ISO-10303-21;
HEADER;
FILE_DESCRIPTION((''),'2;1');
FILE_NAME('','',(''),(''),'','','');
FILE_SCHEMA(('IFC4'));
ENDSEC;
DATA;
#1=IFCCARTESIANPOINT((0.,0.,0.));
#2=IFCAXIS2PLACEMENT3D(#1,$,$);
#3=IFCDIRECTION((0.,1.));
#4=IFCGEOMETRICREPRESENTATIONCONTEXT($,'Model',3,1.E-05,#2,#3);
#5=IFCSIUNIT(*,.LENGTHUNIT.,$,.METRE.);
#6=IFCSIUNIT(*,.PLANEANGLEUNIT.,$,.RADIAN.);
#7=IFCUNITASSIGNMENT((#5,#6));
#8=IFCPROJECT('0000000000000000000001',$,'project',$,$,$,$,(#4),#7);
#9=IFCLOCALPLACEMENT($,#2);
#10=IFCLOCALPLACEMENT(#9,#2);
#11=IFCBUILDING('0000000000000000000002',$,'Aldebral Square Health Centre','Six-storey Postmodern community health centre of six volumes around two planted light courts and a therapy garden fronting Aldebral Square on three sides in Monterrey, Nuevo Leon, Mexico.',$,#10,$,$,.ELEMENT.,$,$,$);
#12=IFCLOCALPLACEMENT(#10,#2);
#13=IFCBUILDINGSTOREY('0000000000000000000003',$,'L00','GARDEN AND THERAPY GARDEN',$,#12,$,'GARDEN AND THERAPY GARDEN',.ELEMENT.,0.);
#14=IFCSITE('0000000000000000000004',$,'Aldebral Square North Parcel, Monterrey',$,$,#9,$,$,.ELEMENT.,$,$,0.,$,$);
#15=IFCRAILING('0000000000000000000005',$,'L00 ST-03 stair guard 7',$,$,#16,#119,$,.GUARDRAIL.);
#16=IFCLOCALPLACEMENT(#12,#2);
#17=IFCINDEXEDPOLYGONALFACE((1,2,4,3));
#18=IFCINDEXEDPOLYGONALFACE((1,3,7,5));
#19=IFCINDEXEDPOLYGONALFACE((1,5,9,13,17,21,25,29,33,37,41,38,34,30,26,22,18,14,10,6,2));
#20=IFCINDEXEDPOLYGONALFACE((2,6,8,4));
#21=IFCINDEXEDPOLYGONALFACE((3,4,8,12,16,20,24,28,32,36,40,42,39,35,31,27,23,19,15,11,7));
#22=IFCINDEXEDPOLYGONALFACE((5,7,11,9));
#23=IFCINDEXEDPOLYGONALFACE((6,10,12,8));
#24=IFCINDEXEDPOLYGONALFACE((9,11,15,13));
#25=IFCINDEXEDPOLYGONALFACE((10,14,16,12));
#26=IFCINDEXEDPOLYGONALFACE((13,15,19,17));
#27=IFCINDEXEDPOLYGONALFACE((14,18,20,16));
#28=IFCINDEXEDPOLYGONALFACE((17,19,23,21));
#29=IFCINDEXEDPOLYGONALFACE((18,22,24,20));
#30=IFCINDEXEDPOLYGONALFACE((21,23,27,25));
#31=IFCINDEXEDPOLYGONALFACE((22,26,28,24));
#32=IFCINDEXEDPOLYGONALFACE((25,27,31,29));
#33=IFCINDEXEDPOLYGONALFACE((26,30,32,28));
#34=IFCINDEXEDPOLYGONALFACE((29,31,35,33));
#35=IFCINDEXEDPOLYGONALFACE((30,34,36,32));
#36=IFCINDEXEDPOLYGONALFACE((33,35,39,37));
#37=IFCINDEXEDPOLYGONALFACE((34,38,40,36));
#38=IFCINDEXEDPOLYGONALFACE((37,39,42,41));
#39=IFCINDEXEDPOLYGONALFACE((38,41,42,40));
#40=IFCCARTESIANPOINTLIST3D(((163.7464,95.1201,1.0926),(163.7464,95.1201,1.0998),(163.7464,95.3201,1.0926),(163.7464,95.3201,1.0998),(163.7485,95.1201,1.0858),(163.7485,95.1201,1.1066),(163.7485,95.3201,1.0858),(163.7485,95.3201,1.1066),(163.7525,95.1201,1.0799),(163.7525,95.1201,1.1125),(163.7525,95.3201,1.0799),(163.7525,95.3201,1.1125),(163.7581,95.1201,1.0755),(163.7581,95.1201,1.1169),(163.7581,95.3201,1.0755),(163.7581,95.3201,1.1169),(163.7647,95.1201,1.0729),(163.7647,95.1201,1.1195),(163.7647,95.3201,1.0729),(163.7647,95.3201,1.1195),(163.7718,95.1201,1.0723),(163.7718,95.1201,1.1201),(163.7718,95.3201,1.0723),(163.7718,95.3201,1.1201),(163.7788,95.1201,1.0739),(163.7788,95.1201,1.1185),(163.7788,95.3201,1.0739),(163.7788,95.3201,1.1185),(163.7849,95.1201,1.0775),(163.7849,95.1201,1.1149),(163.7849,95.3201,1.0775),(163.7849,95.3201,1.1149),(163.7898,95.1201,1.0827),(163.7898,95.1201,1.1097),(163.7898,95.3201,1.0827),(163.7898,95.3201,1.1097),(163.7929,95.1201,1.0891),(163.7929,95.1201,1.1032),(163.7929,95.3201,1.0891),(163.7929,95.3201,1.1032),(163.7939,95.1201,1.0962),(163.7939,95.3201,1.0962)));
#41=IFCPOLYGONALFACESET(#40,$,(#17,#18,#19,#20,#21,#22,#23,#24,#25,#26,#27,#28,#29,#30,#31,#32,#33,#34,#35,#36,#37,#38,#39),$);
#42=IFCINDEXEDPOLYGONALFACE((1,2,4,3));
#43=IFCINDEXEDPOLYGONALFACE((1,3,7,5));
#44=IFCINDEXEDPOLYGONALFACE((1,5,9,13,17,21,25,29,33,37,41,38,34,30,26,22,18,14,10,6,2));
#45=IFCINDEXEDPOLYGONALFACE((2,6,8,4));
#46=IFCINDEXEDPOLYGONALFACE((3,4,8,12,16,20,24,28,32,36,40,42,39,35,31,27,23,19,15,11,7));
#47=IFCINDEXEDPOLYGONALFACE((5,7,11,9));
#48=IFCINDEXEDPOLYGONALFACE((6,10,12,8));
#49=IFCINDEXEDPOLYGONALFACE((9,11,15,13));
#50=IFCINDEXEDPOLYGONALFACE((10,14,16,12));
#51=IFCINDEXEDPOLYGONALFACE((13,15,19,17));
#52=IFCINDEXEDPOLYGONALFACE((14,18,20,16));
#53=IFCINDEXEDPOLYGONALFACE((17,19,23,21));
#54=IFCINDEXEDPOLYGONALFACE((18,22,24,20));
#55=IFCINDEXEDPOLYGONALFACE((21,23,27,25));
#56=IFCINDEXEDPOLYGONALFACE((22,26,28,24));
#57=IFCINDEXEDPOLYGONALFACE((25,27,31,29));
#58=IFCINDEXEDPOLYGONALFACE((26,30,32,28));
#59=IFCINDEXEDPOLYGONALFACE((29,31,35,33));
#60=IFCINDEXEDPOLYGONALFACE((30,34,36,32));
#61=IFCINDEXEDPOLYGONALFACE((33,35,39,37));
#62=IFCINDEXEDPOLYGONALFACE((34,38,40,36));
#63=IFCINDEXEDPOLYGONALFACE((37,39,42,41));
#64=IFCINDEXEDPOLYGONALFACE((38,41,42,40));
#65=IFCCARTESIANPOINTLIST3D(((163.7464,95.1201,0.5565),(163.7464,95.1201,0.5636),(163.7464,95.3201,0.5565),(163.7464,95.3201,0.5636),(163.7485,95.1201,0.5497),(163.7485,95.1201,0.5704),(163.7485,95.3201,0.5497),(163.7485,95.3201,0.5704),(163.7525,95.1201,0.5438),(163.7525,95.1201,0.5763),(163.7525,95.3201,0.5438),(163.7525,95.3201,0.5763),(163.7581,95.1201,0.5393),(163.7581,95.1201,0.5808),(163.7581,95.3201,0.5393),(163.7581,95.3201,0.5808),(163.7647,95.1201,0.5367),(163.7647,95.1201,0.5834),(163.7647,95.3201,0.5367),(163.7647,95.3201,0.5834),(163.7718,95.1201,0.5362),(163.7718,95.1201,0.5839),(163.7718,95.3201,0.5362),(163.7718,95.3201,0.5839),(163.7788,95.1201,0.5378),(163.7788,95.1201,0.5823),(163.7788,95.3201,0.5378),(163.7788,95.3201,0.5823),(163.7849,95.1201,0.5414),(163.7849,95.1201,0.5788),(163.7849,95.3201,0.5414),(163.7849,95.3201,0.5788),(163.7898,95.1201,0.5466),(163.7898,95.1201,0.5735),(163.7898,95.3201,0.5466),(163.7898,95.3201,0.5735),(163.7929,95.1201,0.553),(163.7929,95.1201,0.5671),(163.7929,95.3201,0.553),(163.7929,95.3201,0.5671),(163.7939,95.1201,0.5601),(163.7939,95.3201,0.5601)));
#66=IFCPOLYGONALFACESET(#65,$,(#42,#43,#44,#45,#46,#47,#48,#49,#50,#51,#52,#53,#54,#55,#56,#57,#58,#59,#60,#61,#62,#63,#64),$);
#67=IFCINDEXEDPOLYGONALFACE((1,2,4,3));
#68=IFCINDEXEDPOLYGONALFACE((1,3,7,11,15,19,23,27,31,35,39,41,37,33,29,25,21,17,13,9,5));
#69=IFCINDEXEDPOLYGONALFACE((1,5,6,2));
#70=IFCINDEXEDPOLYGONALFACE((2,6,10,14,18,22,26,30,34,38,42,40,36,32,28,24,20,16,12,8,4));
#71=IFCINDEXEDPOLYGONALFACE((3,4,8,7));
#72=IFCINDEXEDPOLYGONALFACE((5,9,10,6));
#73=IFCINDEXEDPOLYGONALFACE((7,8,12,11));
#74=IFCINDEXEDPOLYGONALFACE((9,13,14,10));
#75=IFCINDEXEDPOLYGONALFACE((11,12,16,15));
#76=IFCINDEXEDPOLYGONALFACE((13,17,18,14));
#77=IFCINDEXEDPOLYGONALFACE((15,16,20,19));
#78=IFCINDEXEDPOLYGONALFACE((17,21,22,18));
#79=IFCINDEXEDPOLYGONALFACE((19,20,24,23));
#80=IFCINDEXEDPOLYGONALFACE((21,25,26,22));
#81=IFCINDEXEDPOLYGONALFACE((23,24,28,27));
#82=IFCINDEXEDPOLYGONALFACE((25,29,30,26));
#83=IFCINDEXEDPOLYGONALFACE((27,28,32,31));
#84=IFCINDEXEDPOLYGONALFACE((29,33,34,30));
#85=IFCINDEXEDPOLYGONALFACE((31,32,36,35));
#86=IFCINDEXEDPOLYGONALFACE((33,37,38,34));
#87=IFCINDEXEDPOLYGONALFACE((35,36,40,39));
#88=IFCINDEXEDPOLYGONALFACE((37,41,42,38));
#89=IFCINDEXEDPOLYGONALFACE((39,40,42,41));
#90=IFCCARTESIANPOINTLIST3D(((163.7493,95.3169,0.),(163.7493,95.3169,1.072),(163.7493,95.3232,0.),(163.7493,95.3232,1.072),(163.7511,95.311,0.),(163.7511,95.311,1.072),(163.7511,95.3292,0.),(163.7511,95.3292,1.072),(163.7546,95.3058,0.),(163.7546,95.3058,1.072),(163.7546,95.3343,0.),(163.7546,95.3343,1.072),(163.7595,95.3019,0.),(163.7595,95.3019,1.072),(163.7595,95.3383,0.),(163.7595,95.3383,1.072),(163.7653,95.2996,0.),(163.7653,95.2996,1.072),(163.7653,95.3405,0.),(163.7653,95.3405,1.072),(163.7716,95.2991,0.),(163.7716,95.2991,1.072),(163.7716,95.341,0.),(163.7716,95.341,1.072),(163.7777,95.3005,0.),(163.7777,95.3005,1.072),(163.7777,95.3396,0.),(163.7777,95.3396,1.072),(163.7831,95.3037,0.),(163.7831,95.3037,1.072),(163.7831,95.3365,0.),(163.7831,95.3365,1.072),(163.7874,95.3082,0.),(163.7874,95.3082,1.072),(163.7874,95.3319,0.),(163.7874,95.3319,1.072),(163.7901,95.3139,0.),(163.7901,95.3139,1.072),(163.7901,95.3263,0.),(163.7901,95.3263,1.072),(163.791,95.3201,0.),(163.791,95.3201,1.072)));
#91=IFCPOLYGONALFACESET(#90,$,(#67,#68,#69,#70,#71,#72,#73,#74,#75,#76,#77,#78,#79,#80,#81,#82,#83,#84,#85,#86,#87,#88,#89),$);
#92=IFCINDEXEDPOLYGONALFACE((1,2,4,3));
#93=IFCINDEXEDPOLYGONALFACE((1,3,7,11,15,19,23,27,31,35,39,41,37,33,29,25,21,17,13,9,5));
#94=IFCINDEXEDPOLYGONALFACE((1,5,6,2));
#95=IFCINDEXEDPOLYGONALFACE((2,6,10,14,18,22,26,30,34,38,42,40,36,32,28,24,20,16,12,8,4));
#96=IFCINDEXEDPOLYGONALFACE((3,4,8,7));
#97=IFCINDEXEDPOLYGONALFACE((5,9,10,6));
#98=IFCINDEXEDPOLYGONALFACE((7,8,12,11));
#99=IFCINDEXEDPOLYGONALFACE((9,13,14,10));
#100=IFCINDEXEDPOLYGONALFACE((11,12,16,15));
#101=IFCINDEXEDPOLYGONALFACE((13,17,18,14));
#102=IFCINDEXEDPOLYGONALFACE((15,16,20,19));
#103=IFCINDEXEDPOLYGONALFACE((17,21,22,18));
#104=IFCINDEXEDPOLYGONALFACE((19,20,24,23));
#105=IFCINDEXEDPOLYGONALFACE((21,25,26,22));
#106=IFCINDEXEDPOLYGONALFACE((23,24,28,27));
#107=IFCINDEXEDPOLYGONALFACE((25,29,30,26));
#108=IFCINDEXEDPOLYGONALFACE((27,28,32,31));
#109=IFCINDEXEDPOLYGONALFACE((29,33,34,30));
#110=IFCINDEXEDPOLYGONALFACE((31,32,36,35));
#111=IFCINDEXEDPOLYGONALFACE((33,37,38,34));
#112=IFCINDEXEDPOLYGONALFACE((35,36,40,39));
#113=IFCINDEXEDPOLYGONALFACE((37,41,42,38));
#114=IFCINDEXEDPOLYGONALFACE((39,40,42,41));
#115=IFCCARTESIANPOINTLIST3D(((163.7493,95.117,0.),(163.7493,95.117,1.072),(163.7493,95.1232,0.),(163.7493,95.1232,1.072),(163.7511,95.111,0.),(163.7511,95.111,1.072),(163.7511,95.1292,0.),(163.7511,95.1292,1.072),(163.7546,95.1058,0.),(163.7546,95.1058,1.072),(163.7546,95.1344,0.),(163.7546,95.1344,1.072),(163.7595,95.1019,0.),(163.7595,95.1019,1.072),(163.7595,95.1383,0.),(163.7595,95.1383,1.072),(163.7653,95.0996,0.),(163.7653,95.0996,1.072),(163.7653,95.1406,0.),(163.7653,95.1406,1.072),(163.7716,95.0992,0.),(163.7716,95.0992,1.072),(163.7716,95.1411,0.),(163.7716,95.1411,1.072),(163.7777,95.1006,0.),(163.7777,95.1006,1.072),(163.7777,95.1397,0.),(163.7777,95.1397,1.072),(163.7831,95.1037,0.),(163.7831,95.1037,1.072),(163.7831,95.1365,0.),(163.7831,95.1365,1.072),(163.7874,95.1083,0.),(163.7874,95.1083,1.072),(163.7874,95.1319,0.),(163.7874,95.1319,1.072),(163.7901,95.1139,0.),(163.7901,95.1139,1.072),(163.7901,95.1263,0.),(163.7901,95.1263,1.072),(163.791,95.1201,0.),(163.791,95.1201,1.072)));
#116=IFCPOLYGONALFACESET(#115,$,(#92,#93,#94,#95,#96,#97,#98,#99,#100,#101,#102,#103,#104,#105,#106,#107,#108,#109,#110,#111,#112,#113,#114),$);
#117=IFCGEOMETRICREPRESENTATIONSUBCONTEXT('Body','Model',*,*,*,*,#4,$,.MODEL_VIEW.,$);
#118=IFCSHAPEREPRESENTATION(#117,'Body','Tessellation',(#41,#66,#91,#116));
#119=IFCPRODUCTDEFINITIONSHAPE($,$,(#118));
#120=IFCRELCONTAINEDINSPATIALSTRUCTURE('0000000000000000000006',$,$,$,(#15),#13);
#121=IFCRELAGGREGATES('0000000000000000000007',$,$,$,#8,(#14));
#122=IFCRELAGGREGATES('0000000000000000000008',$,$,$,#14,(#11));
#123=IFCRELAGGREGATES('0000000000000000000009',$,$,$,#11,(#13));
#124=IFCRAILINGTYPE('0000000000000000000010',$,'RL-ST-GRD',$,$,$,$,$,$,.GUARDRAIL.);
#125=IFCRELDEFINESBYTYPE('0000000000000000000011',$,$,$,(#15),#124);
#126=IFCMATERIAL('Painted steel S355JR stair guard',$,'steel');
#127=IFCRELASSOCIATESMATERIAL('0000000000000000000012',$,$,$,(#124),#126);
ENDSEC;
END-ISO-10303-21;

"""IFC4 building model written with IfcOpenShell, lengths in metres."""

from ifc_helpers import new_model, si_unit, direction, frame, origin, origin_2d, place, context, subcontext, project, spatial, circle, extrude, material, type_object, element, save


model = new_model("IFC4")

# Units and contexts
model_context = context("Model", 3, precision=1e-05, world=origin(), true_north=direction((0.0, 1.0)))
body_context = subcontext(model_context, "Body", "Model", "MODEL_VIEW")
ifc_project = project(units=[si_unit("LENGTHUNIT", "METRE"), si_unit("PLANEANGLEUNIT", "RADIAN")], contexts=[model_context])

# Site, building, storey
site_placement = place(None, origin())
site = spatial("IfcSite", under=ifc_project, at=site_placement, Name="Aldebral Square North Parcel, Monterrey", CompositionType="ELEMENT", RefElevation=0.0)
building_placement = place(site_placement, origin())
building = spatial("IfcBuilding", under=site, at=building_placement, Name="Aldebral Square Health Centre", Description="Six-storey Postmodern community health centre of six volumes around two planted light courts and a therapy garden fronting Aldebral Square on three sides in Monterrey, Nuevo Leon, Mexico.", CompositionType="ELEMENT")
storey_placement = place(building_placement, origin())
storey = spatial("IfcBuildingStorey", under=building, at=storey_placement, Name="L00", Description="GARDEN AND THERAPY GARDEN", LongName="GARDEN AND THERAPY GARDEN", CompositionType="ELEMENT", Elevation=0.0)

# Railing
ifc_material_1 = material(Name="Painted steel S355JR stair guard", Category="steel")
railing_type_1 = type_object("IfcRailingType", Name="RL-ST-GRD", PredefinedType="GUARDRAIL", material=ifc_material_1)
railing_1_placement = place(storey_placement, frame((163.77, 95.3201, 0.0)))
element("IfcRailing", 1, at=railing_1_placement, inside=storey, type_object=railing_type_1, Name="L00 ST-03 stair guard 7", PredefinedType="GUARDRAIL", context=body_context, shape_type="SweptSolid", body=[
    extrude(circle(Radius=0.0239, at=origin_2d()), frame((0.0, 0.0, 1.0962), z_axis=(0.0, -1.0, 0.0), x_axis=(1.0, 0.0, 0.0)), (0.0, 0.0, 1.0), 0.2),
    extrude(circle(Radius=0.0239, at=origin_2d()), frame((0.0, 0.0, 0.5601), z_axis=(0.0, -1.0, 0.0), x_axis=(1.0, 0.0, 0.0)), (0.0, 0.0, 1.0), 0.2),
    extrude(circle(Radius=0.021, at=origin_2d()), origin(), (0.0, 0.0, 1.0), 1.072),
    extrude(circle(Radius=0.021, at=origin_2d()), frame((0.0, -0.2, 0.0)), (0.0, 0.0, 1.0), 1.072),
])

save(model, "model.ifc")
